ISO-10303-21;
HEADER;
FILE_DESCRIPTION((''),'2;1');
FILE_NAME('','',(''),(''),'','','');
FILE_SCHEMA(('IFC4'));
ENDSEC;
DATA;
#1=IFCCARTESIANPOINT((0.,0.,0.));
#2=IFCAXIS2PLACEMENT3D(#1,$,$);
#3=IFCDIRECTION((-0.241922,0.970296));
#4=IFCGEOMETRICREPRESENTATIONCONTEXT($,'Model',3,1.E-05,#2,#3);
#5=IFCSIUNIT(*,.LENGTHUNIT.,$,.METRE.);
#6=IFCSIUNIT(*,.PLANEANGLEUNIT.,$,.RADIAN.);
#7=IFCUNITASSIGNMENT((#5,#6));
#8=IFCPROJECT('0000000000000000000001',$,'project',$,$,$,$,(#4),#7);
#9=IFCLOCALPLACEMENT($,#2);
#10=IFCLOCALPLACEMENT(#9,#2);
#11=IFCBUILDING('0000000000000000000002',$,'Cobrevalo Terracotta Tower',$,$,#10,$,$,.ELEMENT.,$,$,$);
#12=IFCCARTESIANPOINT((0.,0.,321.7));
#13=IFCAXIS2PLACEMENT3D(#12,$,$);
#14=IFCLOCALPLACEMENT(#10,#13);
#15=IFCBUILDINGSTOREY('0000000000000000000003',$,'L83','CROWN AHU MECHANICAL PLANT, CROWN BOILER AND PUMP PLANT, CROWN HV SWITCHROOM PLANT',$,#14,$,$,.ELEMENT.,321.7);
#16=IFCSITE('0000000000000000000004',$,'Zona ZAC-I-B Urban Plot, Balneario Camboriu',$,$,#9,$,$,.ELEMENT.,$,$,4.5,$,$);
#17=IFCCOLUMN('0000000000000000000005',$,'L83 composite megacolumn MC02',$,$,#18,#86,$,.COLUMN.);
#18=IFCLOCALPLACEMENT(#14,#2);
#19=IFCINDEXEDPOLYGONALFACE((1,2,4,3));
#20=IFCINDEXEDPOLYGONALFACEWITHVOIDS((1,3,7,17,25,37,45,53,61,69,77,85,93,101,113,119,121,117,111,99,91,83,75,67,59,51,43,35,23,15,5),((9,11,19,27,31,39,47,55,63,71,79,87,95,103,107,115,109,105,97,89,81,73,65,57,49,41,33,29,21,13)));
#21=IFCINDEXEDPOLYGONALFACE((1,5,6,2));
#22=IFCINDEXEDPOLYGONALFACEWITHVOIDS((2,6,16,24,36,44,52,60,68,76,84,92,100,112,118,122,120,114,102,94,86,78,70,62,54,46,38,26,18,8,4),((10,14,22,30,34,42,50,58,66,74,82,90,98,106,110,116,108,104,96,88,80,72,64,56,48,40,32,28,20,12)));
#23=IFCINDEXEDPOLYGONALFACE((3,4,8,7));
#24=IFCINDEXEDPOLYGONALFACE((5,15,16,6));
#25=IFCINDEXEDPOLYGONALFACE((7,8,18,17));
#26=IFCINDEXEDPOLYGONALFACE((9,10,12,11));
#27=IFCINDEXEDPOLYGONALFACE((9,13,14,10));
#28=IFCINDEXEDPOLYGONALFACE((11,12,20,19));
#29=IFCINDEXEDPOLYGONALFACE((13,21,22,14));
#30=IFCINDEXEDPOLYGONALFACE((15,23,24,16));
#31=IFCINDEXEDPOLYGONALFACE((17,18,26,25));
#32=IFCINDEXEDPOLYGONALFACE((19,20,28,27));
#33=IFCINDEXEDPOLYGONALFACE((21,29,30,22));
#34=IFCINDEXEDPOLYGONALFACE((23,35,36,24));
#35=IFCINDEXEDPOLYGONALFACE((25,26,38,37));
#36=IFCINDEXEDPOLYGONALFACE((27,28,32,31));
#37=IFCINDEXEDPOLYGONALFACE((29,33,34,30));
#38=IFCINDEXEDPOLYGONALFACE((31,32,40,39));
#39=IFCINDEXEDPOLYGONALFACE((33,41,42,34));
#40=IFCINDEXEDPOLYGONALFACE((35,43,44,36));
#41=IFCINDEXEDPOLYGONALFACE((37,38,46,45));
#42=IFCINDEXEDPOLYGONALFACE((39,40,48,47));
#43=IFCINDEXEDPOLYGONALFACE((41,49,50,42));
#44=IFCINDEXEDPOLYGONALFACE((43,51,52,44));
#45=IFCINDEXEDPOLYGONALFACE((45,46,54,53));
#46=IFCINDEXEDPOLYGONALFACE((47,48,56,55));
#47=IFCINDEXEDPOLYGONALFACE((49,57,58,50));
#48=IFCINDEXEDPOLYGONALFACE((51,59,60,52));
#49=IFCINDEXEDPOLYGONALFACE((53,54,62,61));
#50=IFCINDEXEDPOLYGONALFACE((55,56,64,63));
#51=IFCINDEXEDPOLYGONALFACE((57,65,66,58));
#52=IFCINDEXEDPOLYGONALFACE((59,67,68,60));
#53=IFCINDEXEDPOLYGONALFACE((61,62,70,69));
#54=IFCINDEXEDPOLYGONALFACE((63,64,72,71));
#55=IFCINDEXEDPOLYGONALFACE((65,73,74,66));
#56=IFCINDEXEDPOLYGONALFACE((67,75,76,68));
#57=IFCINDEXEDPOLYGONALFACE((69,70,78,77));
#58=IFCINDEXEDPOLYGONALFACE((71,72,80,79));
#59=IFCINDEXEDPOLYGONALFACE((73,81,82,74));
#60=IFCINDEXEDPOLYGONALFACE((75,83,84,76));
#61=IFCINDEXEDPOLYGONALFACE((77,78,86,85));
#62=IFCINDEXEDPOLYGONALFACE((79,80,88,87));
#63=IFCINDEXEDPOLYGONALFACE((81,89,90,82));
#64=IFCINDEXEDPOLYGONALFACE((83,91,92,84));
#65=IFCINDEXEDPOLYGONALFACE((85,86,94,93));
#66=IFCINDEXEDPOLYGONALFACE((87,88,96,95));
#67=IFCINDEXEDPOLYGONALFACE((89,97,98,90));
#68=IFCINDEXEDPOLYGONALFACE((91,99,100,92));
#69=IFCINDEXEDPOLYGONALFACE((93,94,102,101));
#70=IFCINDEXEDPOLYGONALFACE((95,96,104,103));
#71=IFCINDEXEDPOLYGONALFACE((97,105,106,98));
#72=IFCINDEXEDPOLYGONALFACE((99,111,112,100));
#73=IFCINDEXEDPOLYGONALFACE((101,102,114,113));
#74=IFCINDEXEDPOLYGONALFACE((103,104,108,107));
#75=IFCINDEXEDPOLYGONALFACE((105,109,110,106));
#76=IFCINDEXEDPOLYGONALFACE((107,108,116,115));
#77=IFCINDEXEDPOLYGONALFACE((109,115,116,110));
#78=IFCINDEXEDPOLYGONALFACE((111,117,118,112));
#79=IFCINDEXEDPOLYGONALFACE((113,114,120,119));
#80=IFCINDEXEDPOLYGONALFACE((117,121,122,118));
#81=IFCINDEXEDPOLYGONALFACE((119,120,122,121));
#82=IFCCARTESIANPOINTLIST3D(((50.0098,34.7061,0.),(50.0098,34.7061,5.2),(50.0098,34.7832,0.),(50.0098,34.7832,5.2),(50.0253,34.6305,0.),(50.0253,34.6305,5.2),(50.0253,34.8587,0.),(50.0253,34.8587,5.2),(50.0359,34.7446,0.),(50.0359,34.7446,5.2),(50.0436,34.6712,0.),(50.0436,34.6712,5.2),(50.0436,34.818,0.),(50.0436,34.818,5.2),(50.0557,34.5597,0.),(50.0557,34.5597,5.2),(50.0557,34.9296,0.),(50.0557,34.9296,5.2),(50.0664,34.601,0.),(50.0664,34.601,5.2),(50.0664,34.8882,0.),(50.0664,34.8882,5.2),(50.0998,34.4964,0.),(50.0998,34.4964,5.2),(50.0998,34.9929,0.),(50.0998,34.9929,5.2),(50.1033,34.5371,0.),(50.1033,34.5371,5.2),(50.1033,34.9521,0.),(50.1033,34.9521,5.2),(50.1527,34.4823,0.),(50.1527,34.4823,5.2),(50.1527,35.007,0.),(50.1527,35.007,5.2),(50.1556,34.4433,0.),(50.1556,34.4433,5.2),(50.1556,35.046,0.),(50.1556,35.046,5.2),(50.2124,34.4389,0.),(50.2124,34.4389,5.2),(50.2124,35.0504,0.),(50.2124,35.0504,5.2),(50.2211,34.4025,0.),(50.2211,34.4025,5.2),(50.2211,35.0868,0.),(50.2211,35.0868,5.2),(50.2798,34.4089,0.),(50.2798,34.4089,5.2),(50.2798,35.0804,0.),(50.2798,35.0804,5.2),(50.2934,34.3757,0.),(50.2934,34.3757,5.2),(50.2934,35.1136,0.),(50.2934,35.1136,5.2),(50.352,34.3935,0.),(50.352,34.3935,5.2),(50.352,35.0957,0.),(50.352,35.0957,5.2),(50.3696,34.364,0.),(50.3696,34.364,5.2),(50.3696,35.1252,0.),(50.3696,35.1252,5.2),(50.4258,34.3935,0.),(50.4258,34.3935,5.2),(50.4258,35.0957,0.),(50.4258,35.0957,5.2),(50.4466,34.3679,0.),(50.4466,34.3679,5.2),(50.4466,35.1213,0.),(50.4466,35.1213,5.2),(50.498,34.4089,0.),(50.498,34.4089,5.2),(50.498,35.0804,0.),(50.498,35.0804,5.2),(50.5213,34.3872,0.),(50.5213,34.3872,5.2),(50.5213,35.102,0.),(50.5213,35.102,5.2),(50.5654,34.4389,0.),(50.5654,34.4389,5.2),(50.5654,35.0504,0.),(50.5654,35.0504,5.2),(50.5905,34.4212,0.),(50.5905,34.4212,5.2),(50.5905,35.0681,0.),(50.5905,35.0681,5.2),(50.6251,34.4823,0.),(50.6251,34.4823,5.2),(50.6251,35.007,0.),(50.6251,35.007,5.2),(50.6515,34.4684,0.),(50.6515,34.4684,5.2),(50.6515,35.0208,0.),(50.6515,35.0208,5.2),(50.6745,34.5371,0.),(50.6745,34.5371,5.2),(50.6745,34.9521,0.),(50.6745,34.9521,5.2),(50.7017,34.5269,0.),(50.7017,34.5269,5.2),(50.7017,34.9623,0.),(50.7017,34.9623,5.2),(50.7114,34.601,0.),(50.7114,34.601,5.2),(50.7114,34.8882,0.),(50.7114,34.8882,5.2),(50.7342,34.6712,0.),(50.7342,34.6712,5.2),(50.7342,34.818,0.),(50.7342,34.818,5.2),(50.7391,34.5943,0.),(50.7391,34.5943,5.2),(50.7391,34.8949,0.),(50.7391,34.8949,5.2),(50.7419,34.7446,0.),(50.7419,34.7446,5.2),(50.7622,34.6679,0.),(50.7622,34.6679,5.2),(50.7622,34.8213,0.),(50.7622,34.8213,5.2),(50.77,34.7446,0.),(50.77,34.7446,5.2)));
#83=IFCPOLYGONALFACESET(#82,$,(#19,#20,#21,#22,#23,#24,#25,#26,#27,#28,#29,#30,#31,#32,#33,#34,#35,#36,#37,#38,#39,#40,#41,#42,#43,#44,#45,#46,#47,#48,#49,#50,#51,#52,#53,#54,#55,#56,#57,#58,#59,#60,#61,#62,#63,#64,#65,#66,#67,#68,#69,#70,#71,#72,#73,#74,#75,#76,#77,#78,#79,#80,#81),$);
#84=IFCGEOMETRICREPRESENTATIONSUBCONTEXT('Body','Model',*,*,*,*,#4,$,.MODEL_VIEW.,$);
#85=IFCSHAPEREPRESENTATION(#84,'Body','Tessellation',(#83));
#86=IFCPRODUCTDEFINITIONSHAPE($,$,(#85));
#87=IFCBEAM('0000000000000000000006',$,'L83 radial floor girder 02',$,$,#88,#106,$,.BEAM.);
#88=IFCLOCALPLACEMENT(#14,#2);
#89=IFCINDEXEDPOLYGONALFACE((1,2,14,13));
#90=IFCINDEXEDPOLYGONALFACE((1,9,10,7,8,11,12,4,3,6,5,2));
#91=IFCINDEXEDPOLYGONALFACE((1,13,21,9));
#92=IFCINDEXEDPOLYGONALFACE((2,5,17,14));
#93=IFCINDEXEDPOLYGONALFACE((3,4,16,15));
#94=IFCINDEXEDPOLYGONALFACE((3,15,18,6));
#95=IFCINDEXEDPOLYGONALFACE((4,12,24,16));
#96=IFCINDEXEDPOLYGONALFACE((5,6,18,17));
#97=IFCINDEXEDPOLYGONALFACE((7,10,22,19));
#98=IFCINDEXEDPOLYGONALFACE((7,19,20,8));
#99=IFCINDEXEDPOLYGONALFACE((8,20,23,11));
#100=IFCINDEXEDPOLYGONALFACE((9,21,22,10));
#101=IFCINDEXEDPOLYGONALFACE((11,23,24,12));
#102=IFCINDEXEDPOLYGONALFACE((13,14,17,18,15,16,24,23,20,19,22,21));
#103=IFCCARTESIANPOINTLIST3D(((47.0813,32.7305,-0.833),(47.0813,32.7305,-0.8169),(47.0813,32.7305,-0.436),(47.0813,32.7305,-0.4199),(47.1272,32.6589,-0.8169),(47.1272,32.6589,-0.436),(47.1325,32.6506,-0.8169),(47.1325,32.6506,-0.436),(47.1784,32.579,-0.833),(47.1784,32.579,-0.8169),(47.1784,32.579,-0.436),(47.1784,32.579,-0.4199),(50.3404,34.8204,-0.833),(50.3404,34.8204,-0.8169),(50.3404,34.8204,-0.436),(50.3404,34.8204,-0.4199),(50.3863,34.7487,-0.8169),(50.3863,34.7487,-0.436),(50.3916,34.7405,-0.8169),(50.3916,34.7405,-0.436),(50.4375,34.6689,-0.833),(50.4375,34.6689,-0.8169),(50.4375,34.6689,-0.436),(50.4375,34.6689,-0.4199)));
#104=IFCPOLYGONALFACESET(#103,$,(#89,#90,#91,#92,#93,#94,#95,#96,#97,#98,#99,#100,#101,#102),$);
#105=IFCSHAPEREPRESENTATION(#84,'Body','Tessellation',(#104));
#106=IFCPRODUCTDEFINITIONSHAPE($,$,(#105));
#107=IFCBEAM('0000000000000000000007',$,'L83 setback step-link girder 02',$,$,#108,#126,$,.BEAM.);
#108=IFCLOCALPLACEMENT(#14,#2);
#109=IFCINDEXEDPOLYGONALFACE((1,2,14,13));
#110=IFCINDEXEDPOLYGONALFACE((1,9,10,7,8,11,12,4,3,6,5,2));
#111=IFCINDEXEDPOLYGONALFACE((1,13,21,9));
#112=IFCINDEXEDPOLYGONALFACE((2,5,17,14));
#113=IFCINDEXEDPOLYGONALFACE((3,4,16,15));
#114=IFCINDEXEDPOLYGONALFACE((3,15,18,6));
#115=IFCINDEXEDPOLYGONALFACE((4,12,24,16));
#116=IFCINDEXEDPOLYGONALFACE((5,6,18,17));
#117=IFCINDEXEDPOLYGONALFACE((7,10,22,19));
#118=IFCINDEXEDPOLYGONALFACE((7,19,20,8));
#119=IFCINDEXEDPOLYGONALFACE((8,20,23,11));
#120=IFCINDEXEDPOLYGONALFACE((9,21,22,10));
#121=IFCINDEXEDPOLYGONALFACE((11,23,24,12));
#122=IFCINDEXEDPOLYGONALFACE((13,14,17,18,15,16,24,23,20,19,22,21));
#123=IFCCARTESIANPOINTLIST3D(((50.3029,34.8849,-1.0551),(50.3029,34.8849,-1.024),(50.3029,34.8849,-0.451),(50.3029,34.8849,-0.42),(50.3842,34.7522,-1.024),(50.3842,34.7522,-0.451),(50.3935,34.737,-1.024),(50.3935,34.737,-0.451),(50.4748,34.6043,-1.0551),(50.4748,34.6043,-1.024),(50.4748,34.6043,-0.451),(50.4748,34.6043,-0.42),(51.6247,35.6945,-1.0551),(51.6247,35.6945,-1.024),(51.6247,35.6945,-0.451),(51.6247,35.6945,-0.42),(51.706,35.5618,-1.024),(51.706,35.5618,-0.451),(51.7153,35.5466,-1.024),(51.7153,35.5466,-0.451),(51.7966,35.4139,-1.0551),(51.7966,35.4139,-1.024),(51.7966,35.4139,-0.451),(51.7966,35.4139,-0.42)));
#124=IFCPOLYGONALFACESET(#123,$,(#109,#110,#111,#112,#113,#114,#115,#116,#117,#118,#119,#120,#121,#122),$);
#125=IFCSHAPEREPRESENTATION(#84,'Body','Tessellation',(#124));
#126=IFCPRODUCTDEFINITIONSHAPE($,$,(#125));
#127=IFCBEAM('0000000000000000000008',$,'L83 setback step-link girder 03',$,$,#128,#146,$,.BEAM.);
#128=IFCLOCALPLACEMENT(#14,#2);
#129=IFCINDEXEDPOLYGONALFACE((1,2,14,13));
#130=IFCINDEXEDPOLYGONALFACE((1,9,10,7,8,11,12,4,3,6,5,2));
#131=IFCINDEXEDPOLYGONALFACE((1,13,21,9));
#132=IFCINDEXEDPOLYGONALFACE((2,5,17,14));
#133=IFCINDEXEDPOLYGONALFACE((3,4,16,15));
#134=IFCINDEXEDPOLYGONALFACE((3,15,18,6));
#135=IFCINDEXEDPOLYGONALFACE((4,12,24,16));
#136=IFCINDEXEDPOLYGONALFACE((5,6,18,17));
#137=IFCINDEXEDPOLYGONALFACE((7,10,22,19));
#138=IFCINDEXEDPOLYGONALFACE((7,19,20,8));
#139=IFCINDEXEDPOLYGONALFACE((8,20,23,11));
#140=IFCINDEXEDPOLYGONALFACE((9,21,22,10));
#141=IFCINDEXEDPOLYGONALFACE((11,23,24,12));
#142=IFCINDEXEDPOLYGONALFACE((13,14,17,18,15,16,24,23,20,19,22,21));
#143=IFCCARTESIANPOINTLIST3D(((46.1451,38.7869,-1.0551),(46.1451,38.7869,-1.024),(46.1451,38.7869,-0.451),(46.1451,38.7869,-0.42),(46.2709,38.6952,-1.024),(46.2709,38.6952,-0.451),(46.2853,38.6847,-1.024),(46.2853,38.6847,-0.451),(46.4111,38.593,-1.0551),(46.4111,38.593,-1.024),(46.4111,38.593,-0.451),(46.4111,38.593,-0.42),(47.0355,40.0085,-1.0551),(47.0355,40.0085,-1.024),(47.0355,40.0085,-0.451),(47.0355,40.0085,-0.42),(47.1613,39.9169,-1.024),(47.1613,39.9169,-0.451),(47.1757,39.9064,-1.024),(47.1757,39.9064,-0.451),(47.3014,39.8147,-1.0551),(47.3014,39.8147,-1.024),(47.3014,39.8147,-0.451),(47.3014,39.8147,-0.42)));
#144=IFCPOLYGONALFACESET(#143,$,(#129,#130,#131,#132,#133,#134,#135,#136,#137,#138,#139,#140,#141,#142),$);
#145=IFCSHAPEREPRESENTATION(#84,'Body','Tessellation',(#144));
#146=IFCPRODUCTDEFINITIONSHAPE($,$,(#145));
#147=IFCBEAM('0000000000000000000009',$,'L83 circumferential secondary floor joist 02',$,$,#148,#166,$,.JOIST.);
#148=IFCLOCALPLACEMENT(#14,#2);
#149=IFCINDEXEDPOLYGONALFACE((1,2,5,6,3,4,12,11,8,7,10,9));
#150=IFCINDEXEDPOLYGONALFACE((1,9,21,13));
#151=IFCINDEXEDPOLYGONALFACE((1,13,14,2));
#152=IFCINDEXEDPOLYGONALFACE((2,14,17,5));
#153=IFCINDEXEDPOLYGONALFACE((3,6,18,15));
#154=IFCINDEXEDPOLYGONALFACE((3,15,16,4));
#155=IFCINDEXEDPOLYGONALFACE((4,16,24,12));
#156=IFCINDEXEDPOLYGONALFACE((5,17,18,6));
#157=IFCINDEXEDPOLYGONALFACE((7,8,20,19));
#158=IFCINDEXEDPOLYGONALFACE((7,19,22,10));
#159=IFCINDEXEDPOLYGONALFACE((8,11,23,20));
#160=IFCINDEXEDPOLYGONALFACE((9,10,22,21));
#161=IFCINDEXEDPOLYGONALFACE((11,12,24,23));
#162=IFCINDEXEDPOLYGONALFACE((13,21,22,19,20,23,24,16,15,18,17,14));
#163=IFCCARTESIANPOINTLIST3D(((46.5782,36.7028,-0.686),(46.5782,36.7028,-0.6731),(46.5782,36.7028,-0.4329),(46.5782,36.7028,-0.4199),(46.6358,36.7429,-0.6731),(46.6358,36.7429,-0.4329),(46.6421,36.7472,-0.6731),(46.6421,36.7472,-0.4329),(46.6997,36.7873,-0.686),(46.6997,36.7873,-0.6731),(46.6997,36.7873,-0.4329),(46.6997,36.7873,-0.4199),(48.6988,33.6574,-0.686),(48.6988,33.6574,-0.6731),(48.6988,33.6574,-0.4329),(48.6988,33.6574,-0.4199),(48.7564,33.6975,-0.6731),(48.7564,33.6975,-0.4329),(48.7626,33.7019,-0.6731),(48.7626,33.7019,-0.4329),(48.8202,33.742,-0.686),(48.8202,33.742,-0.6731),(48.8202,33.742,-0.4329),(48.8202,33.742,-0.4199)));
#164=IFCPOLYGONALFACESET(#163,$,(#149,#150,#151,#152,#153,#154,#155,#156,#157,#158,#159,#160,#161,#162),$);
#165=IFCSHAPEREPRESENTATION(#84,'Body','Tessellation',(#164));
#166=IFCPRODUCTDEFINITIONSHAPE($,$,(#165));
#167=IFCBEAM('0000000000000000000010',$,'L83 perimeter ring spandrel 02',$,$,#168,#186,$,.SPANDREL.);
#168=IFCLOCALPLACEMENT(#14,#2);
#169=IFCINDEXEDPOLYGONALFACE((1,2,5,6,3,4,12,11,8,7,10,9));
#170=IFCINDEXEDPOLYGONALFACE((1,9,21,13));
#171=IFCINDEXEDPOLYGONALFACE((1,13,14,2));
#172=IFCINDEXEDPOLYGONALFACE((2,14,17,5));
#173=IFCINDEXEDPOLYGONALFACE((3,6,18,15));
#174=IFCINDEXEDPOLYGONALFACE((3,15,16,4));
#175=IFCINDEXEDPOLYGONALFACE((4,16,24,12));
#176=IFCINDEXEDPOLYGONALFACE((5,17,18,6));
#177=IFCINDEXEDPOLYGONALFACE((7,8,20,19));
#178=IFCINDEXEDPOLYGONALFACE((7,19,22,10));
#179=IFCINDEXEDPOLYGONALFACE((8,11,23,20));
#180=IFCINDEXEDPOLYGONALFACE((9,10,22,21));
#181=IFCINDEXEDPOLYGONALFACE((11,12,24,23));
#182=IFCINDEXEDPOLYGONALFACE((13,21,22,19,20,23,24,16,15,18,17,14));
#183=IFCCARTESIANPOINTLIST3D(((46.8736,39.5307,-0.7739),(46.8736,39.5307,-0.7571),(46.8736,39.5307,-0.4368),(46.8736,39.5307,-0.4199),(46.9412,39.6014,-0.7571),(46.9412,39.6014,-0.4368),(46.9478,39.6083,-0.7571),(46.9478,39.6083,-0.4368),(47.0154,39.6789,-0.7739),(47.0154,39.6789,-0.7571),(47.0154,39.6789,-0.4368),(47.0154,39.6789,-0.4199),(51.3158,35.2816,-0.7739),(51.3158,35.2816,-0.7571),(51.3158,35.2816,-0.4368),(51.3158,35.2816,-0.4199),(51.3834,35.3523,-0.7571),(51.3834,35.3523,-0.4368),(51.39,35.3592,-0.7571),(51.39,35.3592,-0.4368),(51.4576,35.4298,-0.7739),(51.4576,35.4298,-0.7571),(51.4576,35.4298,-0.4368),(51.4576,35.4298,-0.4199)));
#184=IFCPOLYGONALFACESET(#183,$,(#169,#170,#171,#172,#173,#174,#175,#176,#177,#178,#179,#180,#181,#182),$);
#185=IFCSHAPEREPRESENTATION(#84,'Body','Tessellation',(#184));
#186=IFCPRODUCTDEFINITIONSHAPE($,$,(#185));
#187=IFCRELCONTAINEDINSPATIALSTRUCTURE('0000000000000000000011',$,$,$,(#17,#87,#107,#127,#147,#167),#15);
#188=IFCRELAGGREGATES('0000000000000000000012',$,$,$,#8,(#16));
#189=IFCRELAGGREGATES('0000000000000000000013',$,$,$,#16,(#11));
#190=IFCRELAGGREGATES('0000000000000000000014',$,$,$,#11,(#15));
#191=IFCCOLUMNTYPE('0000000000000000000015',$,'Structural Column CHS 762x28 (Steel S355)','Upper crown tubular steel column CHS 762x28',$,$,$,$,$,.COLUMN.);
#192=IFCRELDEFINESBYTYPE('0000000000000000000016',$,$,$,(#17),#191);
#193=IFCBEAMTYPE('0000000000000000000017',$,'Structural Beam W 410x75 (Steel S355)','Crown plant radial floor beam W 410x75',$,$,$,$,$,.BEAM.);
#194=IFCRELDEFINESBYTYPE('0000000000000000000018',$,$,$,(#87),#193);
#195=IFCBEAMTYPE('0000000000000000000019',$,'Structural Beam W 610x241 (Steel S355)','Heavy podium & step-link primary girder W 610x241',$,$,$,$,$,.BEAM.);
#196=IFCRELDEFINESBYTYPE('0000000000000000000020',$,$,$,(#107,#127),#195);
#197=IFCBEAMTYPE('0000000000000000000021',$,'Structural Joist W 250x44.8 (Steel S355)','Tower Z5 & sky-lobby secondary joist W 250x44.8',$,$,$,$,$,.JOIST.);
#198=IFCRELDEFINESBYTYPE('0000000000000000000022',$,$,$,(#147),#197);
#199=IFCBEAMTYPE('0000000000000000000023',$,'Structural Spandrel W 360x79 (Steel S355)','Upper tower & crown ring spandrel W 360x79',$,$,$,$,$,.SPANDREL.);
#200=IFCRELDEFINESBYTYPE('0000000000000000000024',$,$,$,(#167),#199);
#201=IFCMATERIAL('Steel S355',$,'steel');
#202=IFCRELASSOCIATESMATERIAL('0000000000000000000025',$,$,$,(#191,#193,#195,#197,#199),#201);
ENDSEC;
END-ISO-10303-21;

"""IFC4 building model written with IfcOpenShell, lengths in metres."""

from ifc_helpers import new_model, si_unit, direction, frame, origin, origin_2d, place, context, subcontext, project, spatial, hollow_circle, i_section, extrude, material, material_profile, profile_set, type_object, element, save


model = new_model("IFC4")

# Units and contexts
model_context = context("Model", 3, precision=1e-05, world=origin(), true_north=direction((-0.241922, 0.970296)))
body_context = subcontext(model_context, "Body", "Model", "MODEL_VIEW")
ifc_project = project(units=[si_unit("LENGTHUNIT", "METRE"), si_unit("PLANEANGLEUNIT", "RADIAN")], contexts=[model_context])

# Site, building, storey
site_placement = place(None, origin())
site = spatial("IfcSite", under=ifc_project, at=site_placement, Name="Zona ZAC-I-B Urban Plot, Balneario Camboriu", CompositionType="ELEMENT", RefElevation=4.5)
building_placement = place(site_placement, origin())
building = spatial("IfcBuilding", under=site, at=building_placement, Name="Cobrevalo Terracotta Tower", CompositionType="ELEMENT")
storey_placement = place(building_placement, frame((0.0, 0.0, 321.7)))
storey = spatial("IfcBuildingStorey", under=building, at=storey_placement, Name="L83", Description="CROWN AHU MECHANICAL PLANT, CROWN BOILER AND PUMP PLANT, CROWN HV SWITCHROOM PLANT", CompositionType="ELEMENT", Elevation=321.7)

# Column
ifc_material_1 = material(Name="Steel S355", Category="steel")
ifc_material_profile_1 = material_profile(ifc_material_1, hollow_circle(Radius=0.3811, WallThickness=0.0281, at=origin_2d()), Name="CHS 762x28")
ifc_profile_set_1 = profile_set([ifc_material_profile_1], Name="Steel S355")
column_type = type_object("IfcColumnType", Name="Structural Column CHS 762x28 (Steel S355)", Description="Upper crown tubular steel column CHS 762x28", PredefinedType="COLUMN", material=ifc_profile_set_1)
column_placement = place(storey_placement, frame((50.3889, 34.7446, 0.0), z_axis=(0.0, 0.0, 1.0), x_axis=(1.0, 0.0, 0.0)))
element("IfcColumn", 1, at=column_placement, inside=storey, type_object=column_type, Name="L83 composite megacolumn MC02", PredefinedType="COLUMN", context=body_context, shape_type="SweptSolid", body=[
    extrude(hollow_circle(Radius=0.3811, WallThickness=0.0281, at=origin_2d()), origin(), (0.0, 0.0, 1.0), 5.2),
])

# Beams
ifc_material_profile_2 = material_profile(ifc_material_1, i_section(OverallWidth=0.1799, OverallDepth=0.4131, WebThickness=0.0098, FlangeThickness=0.0161, at=origin_2d()), Name="W 410x75")
ifc_profile_set_2 = profile_set([ifc_material_profile_2], Name="Steel S355")
beam_type_1 = type_object("IfcBeamType", Name="Structural Beam W 410x75 (Steel S355)", Description="Crown plant radial floor beam W 410x75", PredefinedType="BEAM", material=ifc_profile_set_2)
beam_1_placement = place(storey_placement, frame((50.3889, 34.7446, -0.6265), z_axis=(-0.841795, -0.539798, 0.0), x_axis=(0.539798, -0.841795, 0.0)))
element("IfcBeam", 2, at=beam_1_placement, inside=storey, type_object=beam_type_1, Name="L83 radial floor girder 02", PredefinedType="BEAM", context=body_context, shape_type="SweptSolid", body=[
    extrude(i_section(OverallWidth=0.1799, OverallDepth=0.4131, WebThickness=0.0098, FlangeThickness=0.0161, at=origin_2d()), origin(), (0.0, 0.0, 1.0), 3.8716),
])
ifc_material_profile_3 = material_profile(ifc_material_1, i_section(OverallWidth=0.3291, OverallDepth=0.635, WebThickness=0.0178, FlangeThickness=0.031, at=origin_2d()), Name="W 610x241")
ifc_profile_set_3 = profile_set([ifc_material_profile_3], Name="Steel S355")
beam_type_2 = type_object("IfcBeamType", Name="Structural Beam W 610x241 (Steel S355)", Description="Heavy podium & step-link primary girder W 610x241", PredefinedType="BEAM", material=ifc_profile_set_3)
beam_2_placement = place(storey_placement, frame((51.7107, 35.5542, -0.7375), z_axis=(-0.85276, -0.522303, 0.0), x_axis=(0.522303, -0.85276, 0.0)))
element("IfcBeam", 3, at=beam_2_placement, inside=storey, type_object=beam_type_2, Name="L83 setback step-link girder 02", PredefinedType="BEAM", context=body_context, shape_type="SweptSolid", body=[
    extrude(i_section(OverallWidth=0.3291, OverallDepth=0.635, WebThickness=0.0178, FlangeThickness=0.031, at=origin_2d()), origin(), (0.0, 0.0, 1.0), 1.55),
])
beam_3_placement = place(storey_placement, frame((47.1685, 39.9116, -0.7375), z_axis=(-0.588988, -0.808142, 0.0), x_axis=(0.808142, -0.588988, 0.0)))
element("IfcBeam", 4, at=beam_3_placement, inside=storey, type_object=beam_type_2, Name="L83 setback step-link girder 03", PredefinedType="BEAM", context=body_context, shape_type="SweptSolid", body=[
    extrude(i_section(OverallWidth=0.3291, OverallDepth=0.635, WebThickness=0.0178, FlangeThickness=0.031, at=origin_2d()), origin(), (0.0, 0.0, 1.0), 1.5117),
])
ifc_material_profile_4 = material_profile(ifc_material_1, i_section(OverallWidth=0.1479, OverallDepth=0.2661, WebThickness=0.0076, FlangeThickness=0.0129, at=origin_2d()), Name="W 250x44.8")
ifc_profile_set_4 = profile_set([ifc_material_profile_4], Name="Steel S355")
beam_type_3 = type_object("IfcBeamType", Name="Structural Joist W 250x44.8 (Steel S355)", Description="Tower Z5 & sky-lobby secondary joist W 250x44.8", PredefinedType="JOIST", material=ifc_profile_set_4)
beam_4_placement = place(storey_placement, frame((48.7595, 33.6997, -0.553), z_axis=(-0.571438, 0.820645, 0.0), x_axis=(-0.820645, -0.571438, 0.0)))
element("IfcBeam", 5, at=beam_4_placement, inside=storey, type_object=beam_type_3, Name="L83 circumferential secondary floor joist 02", PredefinedType="JOIST", context=body_context, shape_type="SweptSolid", body=[
    extrude(i_section(OverallWidth=0.1479, OverallDepth=0.2661, WebThickness=0.0076, FlangeThickness=0.0129, at=origin_2d()), origin(), (0.0, 0.0, 1.0), 3.7109),
])
ifc_material_profile_5 = material_profile(ifc_material_1, i_section(OverallWidth=0.2051, OverallDepth=0.354, WebThickness=0.0095, FlangeThickness=0.0168, at=origin_2d()), Name="W 360x79")
ifc_profile_set_5 = profile_set([ifc_material_profile_5], Name="Steel S355")
beam_type_4 = type_object("IfcBeamType", Name="Structural Spandrel W 360x79 (Steel S355)", Description="Upper tower & crown ring spandrel W 360x79", PredefinedType="SPANDREL", material=ifc_profile_set_5)
beam_5_placement = place(storey_placement, frame((51.3867, 35.3557, -0.5969), z_axis=(-0.72264, 0.691224, 0.0), x_axis=(-0.691224, -0.72264, 0.0)))
element("IfcBeam", 6, at=beam_5_placement, inside=storey, type_object=beam_type_4, Name="L83 perimeter ring spandrel 02", PredefinedType="SPANDREL", context=body_context, shape_type="SweptSolid", body=[
    extrude(i_section(OverallWidth=0.2051, OverallDepth=0.354, WebThickness=0.0095, FlangeThickness=0.0168, at=origin_2d()), origin(), (0.0, 0.0, 1.0), 6.1472),
])

save(model, "model.ifc")
